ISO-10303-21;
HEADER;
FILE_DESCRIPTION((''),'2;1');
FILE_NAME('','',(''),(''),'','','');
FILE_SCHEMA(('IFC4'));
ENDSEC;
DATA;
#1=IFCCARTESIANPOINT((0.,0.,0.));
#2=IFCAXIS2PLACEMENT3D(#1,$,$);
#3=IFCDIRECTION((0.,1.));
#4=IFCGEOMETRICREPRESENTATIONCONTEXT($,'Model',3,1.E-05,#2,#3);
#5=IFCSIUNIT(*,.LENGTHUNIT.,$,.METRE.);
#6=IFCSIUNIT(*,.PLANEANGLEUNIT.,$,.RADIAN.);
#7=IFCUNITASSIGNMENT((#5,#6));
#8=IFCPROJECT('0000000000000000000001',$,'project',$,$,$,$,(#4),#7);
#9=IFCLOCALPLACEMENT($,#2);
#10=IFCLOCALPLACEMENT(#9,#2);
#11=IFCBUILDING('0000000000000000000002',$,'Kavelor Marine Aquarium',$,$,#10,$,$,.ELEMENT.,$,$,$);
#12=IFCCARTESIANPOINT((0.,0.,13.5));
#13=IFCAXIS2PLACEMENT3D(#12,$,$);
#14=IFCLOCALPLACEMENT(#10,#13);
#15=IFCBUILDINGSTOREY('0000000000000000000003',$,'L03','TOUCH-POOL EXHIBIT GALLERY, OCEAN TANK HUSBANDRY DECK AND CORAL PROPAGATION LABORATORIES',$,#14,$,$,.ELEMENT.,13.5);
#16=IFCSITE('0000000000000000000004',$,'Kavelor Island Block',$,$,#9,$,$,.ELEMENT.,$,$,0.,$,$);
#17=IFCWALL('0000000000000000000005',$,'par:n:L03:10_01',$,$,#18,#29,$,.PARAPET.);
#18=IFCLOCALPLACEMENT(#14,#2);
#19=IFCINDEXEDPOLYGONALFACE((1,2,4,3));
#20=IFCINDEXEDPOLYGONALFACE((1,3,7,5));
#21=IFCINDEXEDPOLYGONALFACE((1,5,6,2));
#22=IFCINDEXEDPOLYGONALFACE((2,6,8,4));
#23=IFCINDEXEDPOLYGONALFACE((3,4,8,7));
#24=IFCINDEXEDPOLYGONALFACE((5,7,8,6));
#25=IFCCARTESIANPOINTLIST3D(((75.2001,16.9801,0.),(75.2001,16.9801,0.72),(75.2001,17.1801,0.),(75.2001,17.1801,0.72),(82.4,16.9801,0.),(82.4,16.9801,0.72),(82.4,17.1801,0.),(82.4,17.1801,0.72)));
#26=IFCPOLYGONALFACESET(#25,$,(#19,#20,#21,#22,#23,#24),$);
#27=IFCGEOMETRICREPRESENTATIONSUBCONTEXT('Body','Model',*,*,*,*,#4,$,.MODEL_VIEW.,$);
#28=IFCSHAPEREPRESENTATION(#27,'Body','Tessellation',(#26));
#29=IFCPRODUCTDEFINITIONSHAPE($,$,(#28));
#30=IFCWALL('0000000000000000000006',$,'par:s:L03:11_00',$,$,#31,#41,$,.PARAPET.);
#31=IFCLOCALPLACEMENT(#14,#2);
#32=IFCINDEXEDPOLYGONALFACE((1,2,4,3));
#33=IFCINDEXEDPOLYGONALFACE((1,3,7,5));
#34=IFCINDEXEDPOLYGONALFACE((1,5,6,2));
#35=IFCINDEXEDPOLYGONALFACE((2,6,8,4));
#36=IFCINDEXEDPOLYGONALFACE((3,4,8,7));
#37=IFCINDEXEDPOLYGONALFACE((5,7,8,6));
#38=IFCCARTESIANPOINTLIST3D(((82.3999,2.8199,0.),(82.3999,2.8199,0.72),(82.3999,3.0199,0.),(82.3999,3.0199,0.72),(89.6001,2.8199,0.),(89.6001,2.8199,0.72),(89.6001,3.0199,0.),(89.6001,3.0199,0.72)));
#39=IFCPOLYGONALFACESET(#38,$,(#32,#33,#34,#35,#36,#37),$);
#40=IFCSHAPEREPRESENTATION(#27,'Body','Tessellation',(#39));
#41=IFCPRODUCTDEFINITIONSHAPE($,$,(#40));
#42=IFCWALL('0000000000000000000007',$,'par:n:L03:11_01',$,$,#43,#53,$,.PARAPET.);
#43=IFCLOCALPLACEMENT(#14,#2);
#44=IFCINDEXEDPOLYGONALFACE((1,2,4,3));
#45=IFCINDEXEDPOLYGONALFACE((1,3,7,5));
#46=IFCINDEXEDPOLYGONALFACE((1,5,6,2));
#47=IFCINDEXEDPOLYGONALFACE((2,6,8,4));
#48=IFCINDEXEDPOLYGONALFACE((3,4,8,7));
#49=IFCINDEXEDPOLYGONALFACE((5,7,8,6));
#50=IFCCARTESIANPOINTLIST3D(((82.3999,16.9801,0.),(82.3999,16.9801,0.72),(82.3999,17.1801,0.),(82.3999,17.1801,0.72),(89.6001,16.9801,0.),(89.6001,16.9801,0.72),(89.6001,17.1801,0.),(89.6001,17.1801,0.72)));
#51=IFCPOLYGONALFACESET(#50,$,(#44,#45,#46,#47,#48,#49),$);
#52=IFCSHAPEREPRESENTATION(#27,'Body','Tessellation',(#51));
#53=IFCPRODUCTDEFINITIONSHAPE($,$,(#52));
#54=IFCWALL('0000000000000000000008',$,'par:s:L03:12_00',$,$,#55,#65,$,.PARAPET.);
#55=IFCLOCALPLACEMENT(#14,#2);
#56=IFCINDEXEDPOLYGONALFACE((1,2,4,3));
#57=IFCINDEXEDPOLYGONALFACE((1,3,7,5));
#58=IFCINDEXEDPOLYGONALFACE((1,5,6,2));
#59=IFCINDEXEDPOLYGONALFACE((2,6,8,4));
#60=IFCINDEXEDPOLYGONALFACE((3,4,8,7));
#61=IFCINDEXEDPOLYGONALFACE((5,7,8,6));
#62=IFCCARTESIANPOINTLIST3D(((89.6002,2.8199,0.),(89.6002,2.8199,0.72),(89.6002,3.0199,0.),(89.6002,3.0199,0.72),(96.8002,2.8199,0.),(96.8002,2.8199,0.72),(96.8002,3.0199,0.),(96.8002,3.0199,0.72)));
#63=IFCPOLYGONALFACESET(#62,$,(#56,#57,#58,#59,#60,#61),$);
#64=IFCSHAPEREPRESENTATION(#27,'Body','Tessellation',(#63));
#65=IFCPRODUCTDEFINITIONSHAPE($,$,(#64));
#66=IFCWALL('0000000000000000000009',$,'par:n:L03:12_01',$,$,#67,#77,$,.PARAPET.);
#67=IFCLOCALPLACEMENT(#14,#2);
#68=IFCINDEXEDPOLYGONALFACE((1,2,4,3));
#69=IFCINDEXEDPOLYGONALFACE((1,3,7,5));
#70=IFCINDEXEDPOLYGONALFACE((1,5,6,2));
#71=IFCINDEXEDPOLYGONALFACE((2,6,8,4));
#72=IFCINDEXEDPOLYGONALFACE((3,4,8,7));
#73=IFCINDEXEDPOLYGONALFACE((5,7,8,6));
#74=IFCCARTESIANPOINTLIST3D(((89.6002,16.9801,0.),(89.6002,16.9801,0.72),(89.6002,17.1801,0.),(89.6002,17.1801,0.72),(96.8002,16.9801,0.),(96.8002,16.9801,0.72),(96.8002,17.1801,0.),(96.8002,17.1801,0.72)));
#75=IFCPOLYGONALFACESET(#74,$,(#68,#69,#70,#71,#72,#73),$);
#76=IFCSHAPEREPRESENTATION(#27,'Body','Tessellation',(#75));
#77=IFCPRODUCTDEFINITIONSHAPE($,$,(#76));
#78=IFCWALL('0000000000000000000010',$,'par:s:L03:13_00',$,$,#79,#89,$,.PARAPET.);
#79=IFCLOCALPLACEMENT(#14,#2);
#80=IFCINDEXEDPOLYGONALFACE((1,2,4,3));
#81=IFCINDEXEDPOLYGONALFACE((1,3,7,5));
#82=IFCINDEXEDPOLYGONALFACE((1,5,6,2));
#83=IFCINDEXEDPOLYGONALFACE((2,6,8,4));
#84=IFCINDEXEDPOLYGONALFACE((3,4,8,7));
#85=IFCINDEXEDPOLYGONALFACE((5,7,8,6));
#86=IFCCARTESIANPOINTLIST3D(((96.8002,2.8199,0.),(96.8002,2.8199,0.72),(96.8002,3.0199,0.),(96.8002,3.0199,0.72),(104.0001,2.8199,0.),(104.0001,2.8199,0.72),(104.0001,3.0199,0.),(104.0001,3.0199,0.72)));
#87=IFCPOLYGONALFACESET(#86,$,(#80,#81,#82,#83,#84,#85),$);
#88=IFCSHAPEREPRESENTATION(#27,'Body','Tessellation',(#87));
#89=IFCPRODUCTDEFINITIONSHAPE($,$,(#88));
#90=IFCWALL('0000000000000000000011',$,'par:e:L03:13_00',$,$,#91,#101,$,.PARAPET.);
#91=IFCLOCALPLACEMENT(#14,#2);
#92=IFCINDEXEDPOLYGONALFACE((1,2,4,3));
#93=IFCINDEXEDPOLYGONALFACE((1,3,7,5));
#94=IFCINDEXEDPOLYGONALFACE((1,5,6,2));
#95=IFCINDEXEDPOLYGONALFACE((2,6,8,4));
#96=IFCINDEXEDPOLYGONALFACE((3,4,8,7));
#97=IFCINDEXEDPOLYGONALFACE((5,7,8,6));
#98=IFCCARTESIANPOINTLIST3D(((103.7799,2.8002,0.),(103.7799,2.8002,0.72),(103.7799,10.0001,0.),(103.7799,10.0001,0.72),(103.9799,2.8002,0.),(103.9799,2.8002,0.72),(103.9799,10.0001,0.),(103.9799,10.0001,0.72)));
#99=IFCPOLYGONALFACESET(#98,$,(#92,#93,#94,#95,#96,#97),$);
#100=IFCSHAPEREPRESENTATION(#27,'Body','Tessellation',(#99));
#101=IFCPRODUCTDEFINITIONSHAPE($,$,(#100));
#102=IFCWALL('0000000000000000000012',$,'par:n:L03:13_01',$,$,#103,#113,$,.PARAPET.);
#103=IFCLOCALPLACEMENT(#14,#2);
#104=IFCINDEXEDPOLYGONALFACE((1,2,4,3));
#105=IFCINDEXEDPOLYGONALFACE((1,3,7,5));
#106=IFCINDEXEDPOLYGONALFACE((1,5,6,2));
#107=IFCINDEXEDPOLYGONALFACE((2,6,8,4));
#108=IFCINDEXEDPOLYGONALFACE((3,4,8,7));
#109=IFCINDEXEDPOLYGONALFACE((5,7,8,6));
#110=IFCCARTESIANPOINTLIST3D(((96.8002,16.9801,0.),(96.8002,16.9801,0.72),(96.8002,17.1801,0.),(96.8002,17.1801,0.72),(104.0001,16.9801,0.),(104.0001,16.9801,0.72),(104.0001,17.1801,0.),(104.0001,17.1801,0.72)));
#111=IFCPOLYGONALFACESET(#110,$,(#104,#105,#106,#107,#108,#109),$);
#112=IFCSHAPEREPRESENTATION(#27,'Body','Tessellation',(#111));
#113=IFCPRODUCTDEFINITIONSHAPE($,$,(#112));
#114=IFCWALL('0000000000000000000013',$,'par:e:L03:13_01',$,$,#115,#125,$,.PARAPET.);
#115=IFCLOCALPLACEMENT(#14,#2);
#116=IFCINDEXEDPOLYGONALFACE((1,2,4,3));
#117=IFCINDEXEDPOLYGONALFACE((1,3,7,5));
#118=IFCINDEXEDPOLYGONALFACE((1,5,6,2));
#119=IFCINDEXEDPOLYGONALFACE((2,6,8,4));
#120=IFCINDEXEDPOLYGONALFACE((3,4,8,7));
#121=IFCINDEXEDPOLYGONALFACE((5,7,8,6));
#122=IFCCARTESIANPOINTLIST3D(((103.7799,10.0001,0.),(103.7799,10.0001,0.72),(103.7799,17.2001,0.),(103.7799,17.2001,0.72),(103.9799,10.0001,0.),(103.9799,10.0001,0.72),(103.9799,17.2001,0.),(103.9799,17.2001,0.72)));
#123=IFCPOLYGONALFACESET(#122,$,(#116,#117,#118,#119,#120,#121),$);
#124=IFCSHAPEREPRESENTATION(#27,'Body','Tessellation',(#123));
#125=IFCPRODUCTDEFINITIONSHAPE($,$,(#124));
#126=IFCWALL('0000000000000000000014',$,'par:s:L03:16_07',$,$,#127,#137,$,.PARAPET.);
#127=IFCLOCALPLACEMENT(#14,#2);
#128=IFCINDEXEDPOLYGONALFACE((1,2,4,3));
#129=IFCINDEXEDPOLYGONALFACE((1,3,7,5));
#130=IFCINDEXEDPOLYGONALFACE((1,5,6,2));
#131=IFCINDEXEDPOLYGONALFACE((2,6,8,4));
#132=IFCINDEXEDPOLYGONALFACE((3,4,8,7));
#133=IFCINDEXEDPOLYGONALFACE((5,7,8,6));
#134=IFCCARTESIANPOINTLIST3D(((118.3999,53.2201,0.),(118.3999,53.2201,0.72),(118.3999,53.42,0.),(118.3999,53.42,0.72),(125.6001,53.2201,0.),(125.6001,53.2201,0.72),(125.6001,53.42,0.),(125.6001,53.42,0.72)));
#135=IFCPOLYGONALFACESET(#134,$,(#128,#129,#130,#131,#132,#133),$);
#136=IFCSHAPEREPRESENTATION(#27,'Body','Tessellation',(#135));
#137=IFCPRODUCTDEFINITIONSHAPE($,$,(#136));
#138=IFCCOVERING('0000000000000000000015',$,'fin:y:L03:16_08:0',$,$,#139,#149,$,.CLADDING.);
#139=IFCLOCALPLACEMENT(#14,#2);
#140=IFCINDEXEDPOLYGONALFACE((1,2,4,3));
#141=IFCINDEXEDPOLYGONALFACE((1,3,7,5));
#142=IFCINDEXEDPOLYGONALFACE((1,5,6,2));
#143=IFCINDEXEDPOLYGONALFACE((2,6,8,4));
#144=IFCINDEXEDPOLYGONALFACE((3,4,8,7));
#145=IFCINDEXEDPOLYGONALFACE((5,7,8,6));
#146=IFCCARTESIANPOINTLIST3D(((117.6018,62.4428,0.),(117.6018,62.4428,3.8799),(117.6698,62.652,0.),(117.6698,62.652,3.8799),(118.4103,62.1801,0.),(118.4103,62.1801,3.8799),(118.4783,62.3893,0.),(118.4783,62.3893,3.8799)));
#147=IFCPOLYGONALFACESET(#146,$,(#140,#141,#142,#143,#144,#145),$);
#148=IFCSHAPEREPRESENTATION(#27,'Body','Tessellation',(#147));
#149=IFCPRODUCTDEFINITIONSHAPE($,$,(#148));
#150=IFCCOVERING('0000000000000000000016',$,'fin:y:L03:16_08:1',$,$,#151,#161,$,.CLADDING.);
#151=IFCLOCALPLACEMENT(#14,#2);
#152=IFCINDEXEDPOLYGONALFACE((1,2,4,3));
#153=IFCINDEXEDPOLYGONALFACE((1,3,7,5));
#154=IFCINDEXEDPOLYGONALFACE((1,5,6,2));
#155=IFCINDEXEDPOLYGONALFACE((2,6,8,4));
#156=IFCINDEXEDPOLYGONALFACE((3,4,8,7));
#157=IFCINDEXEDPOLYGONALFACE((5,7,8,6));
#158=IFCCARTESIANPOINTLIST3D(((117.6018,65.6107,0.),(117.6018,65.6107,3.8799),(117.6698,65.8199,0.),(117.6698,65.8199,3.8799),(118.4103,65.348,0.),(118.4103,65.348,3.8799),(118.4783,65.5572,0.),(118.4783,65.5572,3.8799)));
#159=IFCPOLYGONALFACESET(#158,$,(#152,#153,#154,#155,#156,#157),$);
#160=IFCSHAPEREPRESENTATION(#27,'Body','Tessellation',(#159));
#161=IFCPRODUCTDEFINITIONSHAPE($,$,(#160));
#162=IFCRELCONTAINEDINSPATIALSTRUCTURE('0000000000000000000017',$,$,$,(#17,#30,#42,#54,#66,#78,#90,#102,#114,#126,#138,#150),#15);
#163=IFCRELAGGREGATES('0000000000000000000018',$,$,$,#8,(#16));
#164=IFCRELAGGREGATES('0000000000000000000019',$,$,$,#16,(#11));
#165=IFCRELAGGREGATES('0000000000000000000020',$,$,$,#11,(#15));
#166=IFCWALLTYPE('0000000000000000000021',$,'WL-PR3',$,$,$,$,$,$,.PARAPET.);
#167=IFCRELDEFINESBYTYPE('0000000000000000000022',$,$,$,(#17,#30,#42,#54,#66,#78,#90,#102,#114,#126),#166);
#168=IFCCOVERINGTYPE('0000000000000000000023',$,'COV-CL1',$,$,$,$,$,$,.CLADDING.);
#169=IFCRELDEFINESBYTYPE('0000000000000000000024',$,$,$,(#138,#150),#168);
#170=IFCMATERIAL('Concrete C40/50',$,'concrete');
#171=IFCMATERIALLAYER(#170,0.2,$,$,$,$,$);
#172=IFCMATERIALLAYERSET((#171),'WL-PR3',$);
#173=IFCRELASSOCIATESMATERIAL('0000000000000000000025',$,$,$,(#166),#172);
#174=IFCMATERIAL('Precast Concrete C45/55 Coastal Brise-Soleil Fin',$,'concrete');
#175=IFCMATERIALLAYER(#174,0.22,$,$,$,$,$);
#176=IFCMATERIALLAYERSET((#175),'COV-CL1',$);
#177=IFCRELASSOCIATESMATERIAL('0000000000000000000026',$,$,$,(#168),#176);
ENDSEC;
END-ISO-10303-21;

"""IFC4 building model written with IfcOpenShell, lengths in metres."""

from ifc_helpers import new_model, si_unit, direction, frame, frame_2d, origin, origin_2d, place, context, subcontext, project, spatial, rectangle, extrude, material, layer, layer_set, type_object, element, save


model = new_model("IFC4")

# Units and contexts
model_context = context("Model", 3, precision=1e-05, world=origin(), true_north=direction((0.0, 1.0)))
body_context = subcontext(model_context, "Body", "Model", "MODEL_VIEW")
ifc_project = project(units=[si_unit("LENGTHUNIT", "METRE"), si_unit("PLANEANGLEUNIT", "RADIAN")], contexts=[model_context])

# Site, building, storey
site_placement = place(None, origin())
site = spatial("IfcSite", under=ifc_project, at=site_placement, Name="Kavelor Island Block", CompositionType="ELEMENT", RefElevation=0.0)
building_placement = place(site_placement, origin())
building = spatial("IfcBuilding", under=site, at=building_placement, Name="Kavelor Marine Aquarium", CompositionType="ELEMENT")
storey_placement = place(building_placement, frame((0.0, 0.0, 13.5)))
storey = spatial("IfcBuildingStorey", under=building, at=storey_placement, Name="L03", Description="TOUCH-POOL EXHIBIT GALLERY, OCEAN TANK HUSBANDRY DECK AND CORAL PROPAGATION LABORATORIES", CompositionType="ELEMENT", Elevation=13.5)

# Walls
ifc_material_1 = material(Name="Concrete C40/50", Category="concrete")
ifc_layer_1 = layer(ifc_material_1, 0.2)
ifc_layer_set_1 = layer_set([ifc_layer_1], Name="WL-PR3")
wall_type = type_object("IfcWallType", Name="WL-PR3", PredefinedType="PARAPET", material=ifc_layer_set_1)
wall_1_placement = place(storey_placement, frame((75.2, 17.0801, 0.0), z_axis=(0.0, 0.0, 1.0), x_axis=(1.0, 0.0, 0.0)))
element("IfcWall", 1, at=wall_1_placement, inside=storey, type_object=wall_type, Name="par:n:L03:10_01", PredefinedType="PARAPET", context=body_context, shape_type="SweptSolid", body=[
    extrude(rectangle(XDim=7.2, YDim=0.2, at=frame_2d((3.6001, 0.0))), origin(), (0.0, 0.0, 1.0), 0.72),
])
for number, where, z_axis, x_axis, name in (
    (2, (82.3999, 2.9199, 0.0), (0.0, 0.0, 1.0), (1.0, 0.0, 0.0), "par:s:L03:11_00"),
    (3, (82.3999, 17.0801, 0.0), (0.0, 0.0, 1.0), (1.0, 0.0, 0.0), "par:n:L03:11_01"),
):
    element("IfcWall", number, at=place(storey_placement, frame(where, z_axis=z_axis, x_axis=x_axis)), inside=storey, type_object=wall_type, Name=name, PredefinedType="PARAPET", context=body_context, shape_type="SweptSolid", body=[
        extrude(rectangle(XDim=7.2002, YDim=0.2, at=frame_2d((3.6001, 0.0))), origin(), (0.0, 0.0, 1.0), 0.72),
    ])
for number, where, z_axis, x_axis, name in (
    (4, (89.6001, 2.9199, 0.0), (0.0, 0.0, 1.0), (1.0, 0.0, 0.0), "par:s:L03:12_00"),
    (5, (89.6001, 17.0801, 0.0), (0.0, 0.0, 1.0), (1.0, 0.0, 0.0), "par:n:L03:12_01"),
    (6, (96.8, 2.9199, 0.0), (0.0, 0.0, 1.0), (1.0, 0.0, 0.0), "par:s:L03:13_00"),
    (7, (103.8799, 2.8, 0.0), (0.0, 0.0, 1.0), (0.0, 1.0, 0.0), "par:e:L03:13_00"),
    (8, (96.8, 17.0801, 0.0), (0.0, 0.0, 1.0), (1.0, 0.0, 0.0), "par:n:L03:13_01"),
    (9, (103.8799, 10.0, 0.0), (0.0, 0.0, 1.0), (0.0, 1.0, 0.0), "par:e:L03:13_01"),
):
    element("IfcWall", number, at=place(storey_placement, frame(where, z_axis=z_axis, x_axis=x_axis)), inside=storey, type_object=wall_type, Name=name, PredefinedType="PARAPET", context=body_context, shape_type="SweptSolid", body=[
        extrude(rectangle(XDim=7.2, YDim=0.2, at=frame_2d((3.6001, 0.0))), origin(), (0.0, 0.0, 1.0), 0.72),
    ])
wall_2_placement = place(storey_placement, frame((118.3999, 53.3201, 0.0), z_axis=(0.0, 0.0, 1.0), x_axis=(1.0, 0.0, 0.0)))
element("IfcWall", 10, at=wall_2_placement, inside=storey, type_object=wall_type, Name="par:s:L03:16_07", PredefinedType="PARAPET", context=body_context, shape_type="SweptSolid", body=[
    extrude(rectangle(XDim=7.2002, YDim=0.2, at=frame_2d((3.6001, 0.0))), origin(), (0.0, 0.0, 1.0), 0.72),
])

# Coverings
ifc_material_2 = material(Name="Precast Concrete C45/55 Coastal Brise-Soleil Fin", Category="concrete")
ifc_layer_2 = layer(ifc_material_2, 0.22)
ifc_layer_set_2 = layer_set([ifc_layer_2], Name="COV-CL1")
covering_type = type_object("IfcCoveringType", Name="COV-CL1", PredefinedType="CLADDING", material=ifc_layer_set_2)
for number, where, z_axis, x_axis, name in (
    (11, (118.04, 62.416, 0.0), (0.0, 0.0, 1.0), (0.951057, -0.309017, 0.0), "fin:y:L03:16_08:0"),
    (12, (118.04, 65.584, 0.0), (0.0, 0.0, 1.0), (0.951057, -0.309017, 0.0), "fin:y:L03:16_08:1"),
):
    element("IfcCovering", number, at=place(storey_placement, frame(where, z_axis=z_axis, x_axis=x_axis)), inside=storey, type_object=covering_type, Name=name, PredefinedType="CLADDING", context=body_context, shape_type="SweptSolid", body=[
        extrude(rectangle(XDim=0.8501, YDim=0.22, at=origin_2d()), origin(), (0.0, 0.0, 1.0), 3.8799),
    ])

save(model, "model.ifc")
